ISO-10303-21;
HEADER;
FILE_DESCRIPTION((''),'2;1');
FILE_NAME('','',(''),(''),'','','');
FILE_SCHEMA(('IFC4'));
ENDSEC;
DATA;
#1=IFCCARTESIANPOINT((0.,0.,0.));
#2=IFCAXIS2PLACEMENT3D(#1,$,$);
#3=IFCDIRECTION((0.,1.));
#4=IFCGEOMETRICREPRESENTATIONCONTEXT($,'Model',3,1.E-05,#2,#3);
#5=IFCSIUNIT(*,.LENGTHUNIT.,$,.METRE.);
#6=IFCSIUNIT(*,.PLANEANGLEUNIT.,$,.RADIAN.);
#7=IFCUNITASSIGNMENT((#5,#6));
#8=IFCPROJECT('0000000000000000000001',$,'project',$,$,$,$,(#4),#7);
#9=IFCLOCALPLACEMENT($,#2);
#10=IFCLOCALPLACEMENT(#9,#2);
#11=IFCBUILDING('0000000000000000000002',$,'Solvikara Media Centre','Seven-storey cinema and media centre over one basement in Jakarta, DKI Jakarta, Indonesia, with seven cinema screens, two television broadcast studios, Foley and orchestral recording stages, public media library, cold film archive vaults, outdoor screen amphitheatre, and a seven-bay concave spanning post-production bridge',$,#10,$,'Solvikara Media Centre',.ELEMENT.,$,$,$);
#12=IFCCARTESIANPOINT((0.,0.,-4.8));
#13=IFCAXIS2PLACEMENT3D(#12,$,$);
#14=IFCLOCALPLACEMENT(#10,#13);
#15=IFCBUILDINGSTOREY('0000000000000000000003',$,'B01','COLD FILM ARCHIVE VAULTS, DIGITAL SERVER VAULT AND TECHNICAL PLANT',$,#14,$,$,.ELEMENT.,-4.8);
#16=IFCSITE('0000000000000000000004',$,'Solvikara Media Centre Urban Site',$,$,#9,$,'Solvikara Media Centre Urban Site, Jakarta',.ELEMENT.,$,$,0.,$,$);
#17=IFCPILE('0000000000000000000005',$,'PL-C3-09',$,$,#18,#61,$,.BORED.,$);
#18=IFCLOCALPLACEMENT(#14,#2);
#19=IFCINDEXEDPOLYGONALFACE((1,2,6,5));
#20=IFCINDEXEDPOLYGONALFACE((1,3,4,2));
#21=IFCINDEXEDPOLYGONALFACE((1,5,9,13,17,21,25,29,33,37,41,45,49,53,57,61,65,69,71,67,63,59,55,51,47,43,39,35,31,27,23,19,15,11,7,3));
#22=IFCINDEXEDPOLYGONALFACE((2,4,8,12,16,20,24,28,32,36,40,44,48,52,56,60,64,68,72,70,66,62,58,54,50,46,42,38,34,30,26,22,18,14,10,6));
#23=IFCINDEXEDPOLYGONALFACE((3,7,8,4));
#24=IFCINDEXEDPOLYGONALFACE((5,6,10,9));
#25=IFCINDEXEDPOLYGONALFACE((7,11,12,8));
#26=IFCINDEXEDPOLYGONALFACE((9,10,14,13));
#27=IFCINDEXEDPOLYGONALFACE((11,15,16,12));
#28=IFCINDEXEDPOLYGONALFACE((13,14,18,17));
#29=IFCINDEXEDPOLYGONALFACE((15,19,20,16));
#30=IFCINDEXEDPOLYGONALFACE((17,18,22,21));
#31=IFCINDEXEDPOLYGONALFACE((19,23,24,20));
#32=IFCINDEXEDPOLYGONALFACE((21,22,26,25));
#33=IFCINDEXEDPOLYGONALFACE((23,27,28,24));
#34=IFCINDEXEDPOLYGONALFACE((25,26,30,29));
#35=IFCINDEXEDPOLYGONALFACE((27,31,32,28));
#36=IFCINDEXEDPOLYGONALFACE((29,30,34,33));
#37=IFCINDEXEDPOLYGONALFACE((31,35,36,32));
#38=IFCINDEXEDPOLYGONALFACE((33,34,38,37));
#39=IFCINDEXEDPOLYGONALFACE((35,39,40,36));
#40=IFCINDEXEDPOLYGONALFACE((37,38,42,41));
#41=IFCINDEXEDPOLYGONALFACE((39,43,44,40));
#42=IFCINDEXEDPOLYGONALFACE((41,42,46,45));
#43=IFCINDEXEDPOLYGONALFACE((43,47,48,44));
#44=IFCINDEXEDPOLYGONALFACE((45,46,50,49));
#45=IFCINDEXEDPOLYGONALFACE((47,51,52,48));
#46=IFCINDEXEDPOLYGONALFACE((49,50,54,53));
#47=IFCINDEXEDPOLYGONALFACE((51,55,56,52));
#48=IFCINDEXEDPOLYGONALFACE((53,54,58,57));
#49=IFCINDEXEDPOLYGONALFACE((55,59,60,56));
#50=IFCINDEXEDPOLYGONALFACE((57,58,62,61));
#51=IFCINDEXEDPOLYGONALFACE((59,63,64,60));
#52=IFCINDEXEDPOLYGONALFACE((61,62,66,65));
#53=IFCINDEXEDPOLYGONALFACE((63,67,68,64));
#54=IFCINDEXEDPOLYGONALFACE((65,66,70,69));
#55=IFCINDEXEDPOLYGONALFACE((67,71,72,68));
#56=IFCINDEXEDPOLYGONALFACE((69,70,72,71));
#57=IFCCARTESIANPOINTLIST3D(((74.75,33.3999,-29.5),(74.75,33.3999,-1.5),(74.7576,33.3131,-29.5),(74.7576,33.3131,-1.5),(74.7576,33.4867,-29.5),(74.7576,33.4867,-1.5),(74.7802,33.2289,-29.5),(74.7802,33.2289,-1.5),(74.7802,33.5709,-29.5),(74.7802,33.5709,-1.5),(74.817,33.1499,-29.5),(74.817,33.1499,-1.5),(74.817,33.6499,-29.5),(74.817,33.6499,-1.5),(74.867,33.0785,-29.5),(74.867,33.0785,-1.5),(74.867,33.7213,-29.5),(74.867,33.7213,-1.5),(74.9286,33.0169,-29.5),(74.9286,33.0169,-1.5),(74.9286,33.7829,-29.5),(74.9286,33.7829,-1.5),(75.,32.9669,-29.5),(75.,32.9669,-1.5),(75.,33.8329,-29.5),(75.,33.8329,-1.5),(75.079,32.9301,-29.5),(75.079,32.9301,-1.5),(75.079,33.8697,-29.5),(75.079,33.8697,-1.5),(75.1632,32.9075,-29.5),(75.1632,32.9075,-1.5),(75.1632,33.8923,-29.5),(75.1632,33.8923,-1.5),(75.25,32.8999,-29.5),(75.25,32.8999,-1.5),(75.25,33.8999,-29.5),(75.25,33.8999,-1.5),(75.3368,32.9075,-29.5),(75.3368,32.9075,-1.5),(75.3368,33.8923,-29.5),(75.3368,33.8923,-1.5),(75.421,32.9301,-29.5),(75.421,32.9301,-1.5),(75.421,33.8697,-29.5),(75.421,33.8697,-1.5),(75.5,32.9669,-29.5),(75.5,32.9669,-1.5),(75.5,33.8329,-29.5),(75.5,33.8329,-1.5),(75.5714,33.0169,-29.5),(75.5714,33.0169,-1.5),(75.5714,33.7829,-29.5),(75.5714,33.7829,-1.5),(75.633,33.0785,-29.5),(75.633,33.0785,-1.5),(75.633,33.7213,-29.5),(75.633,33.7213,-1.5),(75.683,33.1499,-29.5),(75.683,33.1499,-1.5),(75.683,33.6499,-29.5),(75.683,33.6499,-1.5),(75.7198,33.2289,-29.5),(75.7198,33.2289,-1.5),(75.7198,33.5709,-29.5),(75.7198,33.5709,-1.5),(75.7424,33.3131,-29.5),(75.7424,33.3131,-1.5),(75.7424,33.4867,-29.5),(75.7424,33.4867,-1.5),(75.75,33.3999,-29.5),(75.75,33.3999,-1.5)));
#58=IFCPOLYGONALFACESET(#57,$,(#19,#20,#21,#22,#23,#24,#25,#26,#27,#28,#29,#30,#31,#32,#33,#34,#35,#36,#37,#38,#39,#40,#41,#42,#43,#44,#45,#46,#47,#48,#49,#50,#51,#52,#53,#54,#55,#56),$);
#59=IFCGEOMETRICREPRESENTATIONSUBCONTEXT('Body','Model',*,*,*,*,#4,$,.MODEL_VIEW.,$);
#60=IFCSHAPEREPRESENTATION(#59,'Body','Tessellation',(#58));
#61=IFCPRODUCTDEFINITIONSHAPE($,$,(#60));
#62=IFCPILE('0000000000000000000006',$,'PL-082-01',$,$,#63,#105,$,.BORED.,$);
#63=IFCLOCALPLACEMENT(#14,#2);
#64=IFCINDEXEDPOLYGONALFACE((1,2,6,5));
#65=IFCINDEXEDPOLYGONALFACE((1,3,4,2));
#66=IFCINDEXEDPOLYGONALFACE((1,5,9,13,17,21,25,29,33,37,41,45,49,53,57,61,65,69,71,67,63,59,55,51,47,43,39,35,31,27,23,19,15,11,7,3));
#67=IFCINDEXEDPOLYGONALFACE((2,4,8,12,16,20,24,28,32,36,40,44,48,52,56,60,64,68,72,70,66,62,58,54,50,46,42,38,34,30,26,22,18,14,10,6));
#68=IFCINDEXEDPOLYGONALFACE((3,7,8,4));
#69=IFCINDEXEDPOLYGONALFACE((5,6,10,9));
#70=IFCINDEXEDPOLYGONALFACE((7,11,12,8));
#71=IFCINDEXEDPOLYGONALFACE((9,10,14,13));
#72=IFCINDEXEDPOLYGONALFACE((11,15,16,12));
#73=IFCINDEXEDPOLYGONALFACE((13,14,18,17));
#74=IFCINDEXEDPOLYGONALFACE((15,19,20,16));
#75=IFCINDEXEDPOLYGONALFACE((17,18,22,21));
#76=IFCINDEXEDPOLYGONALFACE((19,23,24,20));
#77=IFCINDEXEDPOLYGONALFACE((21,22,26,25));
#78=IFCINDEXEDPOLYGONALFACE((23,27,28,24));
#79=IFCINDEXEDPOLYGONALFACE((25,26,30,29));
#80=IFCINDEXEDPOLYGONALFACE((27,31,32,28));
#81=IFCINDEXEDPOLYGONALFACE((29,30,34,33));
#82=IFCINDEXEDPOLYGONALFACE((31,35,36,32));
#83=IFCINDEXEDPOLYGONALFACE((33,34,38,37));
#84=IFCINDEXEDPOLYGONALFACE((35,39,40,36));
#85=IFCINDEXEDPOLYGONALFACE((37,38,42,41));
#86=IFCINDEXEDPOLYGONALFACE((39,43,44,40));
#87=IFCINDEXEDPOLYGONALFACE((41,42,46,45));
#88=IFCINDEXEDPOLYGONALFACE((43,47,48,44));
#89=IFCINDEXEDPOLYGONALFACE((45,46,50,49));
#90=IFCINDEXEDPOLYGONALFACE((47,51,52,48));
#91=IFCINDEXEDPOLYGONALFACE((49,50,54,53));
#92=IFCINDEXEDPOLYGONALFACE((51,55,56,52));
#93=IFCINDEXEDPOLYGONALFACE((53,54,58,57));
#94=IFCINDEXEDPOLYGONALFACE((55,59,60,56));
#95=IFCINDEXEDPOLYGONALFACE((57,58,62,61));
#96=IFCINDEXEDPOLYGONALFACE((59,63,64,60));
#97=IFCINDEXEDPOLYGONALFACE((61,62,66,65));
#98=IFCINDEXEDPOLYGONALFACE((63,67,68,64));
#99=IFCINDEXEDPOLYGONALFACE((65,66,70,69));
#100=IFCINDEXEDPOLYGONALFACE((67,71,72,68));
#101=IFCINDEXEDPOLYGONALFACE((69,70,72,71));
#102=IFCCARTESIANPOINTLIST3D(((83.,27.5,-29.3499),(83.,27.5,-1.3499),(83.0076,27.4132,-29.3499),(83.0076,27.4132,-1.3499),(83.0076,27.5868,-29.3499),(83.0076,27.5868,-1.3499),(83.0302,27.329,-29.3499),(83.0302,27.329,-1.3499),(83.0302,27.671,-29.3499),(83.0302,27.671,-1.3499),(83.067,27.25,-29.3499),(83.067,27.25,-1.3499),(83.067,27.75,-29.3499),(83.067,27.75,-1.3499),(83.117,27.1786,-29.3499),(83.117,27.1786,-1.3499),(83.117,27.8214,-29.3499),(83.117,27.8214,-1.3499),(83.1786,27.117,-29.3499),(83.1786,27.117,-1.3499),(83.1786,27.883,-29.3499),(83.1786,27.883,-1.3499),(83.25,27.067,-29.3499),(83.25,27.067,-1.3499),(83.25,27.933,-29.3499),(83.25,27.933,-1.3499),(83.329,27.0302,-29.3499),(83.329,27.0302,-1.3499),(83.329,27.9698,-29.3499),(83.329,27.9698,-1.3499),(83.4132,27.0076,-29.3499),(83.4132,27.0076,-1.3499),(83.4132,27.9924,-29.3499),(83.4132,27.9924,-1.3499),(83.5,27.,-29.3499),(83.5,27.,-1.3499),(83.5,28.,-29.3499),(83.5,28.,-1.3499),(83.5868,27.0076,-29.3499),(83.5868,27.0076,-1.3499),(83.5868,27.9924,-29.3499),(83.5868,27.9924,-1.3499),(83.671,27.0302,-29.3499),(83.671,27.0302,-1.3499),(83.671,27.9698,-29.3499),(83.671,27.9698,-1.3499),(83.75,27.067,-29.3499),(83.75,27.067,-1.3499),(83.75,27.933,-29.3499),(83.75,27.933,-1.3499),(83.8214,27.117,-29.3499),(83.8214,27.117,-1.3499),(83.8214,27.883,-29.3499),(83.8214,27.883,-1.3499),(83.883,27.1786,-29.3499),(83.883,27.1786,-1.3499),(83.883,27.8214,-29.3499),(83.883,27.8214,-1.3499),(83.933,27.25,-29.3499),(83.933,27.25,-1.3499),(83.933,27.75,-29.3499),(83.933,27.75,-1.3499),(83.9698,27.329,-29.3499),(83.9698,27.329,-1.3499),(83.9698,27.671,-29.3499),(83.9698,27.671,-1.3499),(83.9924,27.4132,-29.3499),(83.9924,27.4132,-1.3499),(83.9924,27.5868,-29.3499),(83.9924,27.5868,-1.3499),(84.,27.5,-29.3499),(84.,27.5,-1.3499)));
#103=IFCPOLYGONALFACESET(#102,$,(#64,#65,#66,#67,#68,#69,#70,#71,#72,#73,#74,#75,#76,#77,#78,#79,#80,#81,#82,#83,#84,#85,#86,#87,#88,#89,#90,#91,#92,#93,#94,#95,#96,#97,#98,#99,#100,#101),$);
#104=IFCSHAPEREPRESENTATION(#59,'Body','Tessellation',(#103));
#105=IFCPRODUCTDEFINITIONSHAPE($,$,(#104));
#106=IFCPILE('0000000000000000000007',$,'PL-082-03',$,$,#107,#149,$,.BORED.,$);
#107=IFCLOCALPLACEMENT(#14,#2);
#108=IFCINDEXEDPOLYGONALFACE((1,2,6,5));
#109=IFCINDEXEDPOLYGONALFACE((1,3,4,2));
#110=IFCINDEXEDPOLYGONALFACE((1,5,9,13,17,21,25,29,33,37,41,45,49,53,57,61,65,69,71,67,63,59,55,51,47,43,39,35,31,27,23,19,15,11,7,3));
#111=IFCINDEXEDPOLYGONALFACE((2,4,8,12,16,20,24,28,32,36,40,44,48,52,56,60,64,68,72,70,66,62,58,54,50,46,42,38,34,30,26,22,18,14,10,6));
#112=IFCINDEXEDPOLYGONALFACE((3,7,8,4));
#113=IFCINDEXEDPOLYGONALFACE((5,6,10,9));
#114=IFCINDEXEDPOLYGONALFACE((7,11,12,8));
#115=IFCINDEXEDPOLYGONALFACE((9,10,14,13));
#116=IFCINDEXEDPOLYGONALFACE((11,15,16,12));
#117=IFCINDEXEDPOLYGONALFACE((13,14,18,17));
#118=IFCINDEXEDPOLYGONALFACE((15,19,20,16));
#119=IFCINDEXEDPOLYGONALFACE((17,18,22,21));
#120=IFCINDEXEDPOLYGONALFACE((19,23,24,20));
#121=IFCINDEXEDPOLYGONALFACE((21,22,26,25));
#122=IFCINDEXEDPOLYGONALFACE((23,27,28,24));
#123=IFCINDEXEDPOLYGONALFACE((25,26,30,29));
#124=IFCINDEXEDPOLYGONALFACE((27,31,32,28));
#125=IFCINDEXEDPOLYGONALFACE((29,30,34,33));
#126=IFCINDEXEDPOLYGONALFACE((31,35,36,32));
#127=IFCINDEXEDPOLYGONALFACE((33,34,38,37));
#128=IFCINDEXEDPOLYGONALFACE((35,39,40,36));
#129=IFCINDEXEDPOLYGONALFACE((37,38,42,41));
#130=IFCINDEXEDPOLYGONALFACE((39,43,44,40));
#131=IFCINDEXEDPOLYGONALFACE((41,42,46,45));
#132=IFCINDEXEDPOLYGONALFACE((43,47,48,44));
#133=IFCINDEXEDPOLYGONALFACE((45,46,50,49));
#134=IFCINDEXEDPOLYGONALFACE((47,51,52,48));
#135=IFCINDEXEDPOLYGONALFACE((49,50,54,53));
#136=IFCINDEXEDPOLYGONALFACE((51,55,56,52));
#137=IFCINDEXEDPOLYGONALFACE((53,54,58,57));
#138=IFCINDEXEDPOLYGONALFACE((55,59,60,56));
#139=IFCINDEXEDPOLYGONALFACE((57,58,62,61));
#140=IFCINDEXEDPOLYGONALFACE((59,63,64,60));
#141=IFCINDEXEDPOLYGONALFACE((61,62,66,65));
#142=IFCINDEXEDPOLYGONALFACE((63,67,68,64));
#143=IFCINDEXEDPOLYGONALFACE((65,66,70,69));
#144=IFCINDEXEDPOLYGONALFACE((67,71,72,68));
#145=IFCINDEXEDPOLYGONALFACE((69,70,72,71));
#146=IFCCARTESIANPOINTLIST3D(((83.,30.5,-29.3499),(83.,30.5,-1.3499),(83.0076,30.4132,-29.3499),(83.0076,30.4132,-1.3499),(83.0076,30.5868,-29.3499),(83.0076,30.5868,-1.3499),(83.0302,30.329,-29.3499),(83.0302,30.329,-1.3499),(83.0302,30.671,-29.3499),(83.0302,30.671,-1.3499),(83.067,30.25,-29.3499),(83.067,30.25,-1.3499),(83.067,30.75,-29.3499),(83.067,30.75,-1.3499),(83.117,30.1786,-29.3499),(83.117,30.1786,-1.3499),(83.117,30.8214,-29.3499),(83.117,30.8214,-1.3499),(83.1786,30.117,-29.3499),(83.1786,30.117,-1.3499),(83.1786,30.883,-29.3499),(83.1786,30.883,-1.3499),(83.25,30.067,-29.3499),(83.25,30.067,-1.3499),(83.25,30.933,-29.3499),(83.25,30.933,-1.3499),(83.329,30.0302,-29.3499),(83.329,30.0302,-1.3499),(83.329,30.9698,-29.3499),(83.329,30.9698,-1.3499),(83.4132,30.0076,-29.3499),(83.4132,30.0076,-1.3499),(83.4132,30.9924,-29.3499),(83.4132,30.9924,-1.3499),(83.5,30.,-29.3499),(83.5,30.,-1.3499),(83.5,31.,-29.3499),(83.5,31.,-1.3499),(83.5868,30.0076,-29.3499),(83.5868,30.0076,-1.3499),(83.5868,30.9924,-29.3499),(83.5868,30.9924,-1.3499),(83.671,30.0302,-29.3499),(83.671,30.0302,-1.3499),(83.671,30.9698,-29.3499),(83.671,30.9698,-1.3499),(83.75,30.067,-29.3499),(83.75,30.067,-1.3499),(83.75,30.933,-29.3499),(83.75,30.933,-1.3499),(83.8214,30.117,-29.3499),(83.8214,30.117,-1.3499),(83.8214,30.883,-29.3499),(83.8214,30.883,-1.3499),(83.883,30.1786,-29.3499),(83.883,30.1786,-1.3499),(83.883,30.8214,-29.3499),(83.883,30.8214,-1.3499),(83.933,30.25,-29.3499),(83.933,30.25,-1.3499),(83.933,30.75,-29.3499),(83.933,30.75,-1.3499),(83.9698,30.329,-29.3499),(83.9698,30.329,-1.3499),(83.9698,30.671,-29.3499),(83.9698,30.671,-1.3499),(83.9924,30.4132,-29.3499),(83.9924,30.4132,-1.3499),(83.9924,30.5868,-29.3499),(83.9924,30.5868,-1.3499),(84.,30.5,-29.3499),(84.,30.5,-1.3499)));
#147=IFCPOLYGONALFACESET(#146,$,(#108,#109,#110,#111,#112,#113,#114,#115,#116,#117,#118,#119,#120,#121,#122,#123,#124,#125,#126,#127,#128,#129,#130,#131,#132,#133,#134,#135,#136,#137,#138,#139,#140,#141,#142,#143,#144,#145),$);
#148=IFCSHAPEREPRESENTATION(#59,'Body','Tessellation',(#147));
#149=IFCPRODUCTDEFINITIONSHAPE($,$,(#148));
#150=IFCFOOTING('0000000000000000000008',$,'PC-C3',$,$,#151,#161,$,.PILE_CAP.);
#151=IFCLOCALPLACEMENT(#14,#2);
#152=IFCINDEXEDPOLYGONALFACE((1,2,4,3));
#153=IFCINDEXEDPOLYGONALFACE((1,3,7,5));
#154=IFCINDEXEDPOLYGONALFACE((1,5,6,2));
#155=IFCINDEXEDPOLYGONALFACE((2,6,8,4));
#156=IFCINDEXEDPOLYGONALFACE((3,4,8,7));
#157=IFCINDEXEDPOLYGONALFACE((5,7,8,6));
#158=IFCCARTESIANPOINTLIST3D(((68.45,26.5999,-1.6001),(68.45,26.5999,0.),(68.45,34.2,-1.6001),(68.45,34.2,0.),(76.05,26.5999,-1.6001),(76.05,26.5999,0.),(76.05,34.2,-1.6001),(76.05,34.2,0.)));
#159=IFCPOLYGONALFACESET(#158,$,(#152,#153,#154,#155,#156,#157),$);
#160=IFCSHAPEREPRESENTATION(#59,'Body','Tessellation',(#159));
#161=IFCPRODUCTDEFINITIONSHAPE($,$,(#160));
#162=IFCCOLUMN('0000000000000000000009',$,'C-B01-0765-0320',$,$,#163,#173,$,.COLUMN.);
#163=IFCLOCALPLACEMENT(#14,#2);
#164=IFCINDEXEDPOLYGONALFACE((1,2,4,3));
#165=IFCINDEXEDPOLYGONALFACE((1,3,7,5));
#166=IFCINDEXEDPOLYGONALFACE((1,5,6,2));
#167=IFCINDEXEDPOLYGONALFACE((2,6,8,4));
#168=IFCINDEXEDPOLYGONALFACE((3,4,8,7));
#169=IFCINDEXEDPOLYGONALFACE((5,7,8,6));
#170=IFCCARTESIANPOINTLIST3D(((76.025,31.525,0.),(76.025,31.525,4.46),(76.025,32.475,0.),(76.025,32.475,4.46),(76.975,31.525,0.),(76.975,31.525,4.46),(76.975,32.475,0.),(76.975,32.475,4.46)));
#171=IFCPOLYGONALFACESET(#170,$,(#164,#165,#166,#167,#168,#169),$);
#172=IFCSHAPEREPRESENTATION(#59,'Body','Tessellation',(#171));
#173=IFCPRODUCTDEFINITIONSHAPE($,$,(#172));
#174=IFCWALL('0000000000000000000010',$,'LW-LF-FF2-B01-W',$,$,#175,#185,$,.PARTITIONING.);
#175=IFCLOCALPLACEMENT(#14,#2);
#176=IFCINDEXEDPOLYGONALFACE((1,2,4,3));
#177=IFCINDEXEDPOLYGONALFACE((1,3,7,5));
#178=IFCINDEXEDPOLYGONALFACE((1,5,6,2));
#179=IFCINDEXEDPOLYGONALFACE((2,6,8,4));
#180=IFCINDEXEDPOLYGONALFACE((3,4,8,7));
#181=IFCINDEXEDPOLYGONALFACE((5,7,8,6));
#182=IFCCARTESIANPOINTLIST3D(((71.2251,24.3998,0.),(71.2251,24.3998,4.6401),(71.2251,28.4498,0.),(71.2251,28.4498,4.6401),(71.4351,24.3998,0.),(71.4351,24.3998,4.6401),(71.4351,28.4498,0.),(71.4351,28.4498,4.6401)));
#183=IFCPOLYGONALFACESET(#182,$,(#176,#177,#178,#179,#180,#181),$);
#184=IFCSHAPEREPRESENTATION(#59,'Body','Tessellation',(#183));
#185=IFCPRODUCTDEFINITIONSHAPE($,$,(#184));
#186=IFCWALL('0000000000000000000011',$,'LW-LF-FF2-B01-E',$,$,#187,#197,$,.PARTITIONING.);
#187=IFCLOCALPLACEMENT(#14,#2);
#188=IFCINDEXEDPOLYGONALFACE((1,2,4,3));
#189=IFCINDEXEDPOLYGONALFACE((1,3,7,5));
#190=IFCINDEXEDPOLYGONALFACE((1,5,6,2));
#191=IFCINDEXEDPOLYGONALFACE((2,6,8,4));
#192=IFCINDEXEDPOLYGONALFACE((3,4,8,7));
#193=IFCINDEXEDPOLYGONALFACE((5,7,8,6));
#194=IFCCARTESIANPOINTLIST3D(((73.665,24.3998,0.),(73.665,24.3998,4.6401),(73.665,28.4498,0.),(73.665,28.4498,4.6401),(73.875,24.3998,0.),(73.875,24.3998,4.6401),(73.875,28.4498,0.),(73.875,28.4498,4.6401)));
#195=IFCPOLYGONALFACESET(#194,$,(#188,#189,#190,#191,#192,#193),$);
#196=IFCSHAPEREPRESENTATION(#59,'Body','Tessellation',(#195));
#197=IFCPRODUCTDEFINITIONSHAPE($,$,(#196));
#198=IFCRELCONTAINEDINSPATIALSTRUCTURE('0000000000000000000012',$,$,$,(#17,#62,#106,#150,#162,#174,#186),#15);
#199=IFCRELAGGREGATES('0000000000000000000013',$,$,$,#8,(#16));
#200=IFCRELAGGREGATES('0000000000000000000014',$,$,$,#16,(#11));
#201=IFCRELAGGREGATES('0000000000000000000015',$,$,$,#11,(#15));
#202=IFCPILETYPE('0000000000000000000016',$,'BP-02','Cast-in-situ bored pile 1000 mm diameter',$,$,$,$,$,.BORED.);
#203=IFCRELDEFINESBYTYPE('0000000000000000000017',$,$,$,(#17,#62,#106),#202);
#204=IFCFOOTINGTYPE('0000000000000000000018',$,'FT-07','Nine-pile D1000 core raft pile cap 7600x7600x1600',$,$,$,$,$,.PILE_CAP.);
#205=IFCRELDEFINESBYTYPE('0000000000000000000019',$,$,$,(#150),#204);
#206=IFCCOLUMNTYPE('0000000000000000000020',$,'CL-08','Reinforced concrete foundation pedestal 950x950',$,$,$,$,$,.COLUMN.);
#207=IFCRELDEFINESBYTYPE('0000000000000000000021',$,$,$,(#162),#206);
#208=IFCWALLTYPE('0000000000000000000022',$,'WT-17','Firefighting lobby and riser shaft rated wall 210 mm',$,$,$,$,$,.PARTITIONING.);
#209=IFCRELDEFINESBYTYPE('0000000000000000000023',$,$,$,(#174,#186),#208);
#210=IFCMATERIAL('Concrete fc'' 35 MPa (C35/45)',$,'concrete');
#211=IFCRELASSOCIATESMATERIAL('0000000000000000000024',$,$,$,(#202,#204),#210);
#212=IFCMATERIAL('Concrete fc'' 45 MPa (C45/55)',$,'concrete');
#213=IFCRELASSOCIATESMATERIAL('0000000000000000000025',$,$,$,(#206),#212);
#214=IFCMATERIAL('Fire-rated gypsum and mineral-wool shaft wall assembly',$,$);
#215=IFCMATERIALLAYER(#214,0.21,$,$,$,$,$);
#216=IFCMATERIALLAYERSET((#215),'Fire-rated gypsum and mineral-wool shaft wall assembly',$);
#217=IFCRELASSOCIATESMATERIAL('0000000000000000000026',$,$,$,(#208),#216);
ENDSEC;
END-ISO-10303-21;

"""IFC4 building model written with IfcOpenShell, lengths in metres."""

from ifc_helpers import new_model, si_unit, direction, frame, frame_2d, origin, origin_2d, place, context, subcontext, project, spatial, rectangle, circle, extrude, material, layer, layer_set, material_profile, profile_set, type_object, element, save


model = new_model("IFC4")

# Units and contexts
model_context = context("Model", 3, precision=1e-05, world=origin(), true_north=direction((0.0, 1.0)))
body_context = subcontext(model_context, "Body", "Model", "MODEL_VIEW")
ifc_project = project(units=[si_unit("LENGTHUNIT", "METRE"), si_unit("PLANEANGLEUNIT", "RADIAN")], contexts=[model_context])

# Site, building, storey
site_placement = place(None, origin())
site = spatial("IfcSite", under=ifc_project, at=site_placement, Name="Solvikara Media Centre Urban Site", LongName="Solvikara Media Centre Urban Site, Jakarta", CompositionType="ELEMENT", RefElevation=0.0)
building_placement = place(site_placement, origin())
building = spatial("IfcBuilding", under=site, at=building_placement, Name="Solvikara Media Centre", Description="Seven-storey cinema and media centre over one basement in Jakarta, DKI Jakarta, Indonesia, with seven cinema screens, two television broadcast studios, Foley and orchestral recording stages, public media library, cold film archive vaults, outdoor screen amphitheatre, and a seven-bay concave spanning post-production bridge", LongName="Solvikara Media Centre", CompositionType="ELEMENT")
storey_placement = place(building_placement, frame((0.0, 0.0, -4.8)))
storey = spatial("IfcBuildingStorey", under=building, at=storey_placement, Name="B01", Description="COLD FILM ARCHIVE VAULTS, DIGITAL SERVER VAULT AND TECHNICAL PLANT", CompositionType="ELEMENT", Elevation=-4.8)

# Piles
ifc_material_1 = material(Name="Concrete fc' 35 MPa (C35/45)", Category="concrete")
ifc_material_profile_1 = material_profile(ifc_material_1, circle(Radius=0.5, at=origin_2d()), Name="BORED PILE D1000")
ifc_profile_set_1 = profile_set([ifc_material_profile_1], Name="Concrete fc' 35 MPa (C35/45)")
pile_type = type_object("IfcPileType", Name="BP-02", Description="Cast-in-situ bored pile 1000 mm diameter", PredefinedType="BORED", material=ifc_profile_set_1)
for number, where, z_axis, x_axis, name in (
    (1, (75.25, 33.3999, -1.5), (0.0, 0.0, -1.0), (1.0, 0.0, 0.0), "PL-C3-09"),
    (2, (83.5, 27.5, -1.3499), (0.0, 0.0, -1.0), (1.0, 0.0, 0.0), "PL-082-01"),
    (3, (83.5, 30.5, -1.3499), (0.0, 0.0, -1.0), (1.0, 0.0, 0.0), "PL-082-03"),
):
    element("IfcPile", number, at=place(storey_placement, frame(where, z_axis=z_axis, x_axis=x_axis)), inside=storey, type_object=pile_type, Name=name, PredefinedType="BORED", context=body_context, shape_type="SweptSolid", body=[
        extrude(circle(Radius=0.5, at=origin_2d()), origin(), (0.0, 0.0, 1.0), 28.0),
    ])

# Footing
footing_type = type_object("IfcFootingType", Name="FT-07", Description="Nine-pile D1000 core raft pile cap 7600x7600x1600", PredefinedType="PILE_CAP", material=ifc_material_1)
footing_placement = place(storey_placement, frame((72.25, 30.3999, -1.6001), z_axis=(0.0, 0.0, 1.0), x_axis=(1.0, 0.0, 0.0)))
element("IfcFooting", 4, at=footing_placement, inside=storey, type_object=footing_type, Name="PC-C3", PredefinedType="PILE_CAP", context=body_context, shape_type="SweptSolid", body=[
    extrude(rectangle(XDim=7.6001, YDim=7.6001, at=origin_2d()), origin(), (0.0, 0.0, 1.0), 1.6001),
])

# Column
ifc_material_2 = material(Name="Concrete fc' 45 MPa (C45/55)", Category="concrete")
ifc_material_profile_2 = material_profile(ifc_material_2, rectangle(XDim=0.95, YDim=0.95, at=origin_2d()), Name="RC 950x950")
ifc_profile_set_2 = profile_set([ifc_material_profile_2], Name="Concrete fc' 45 MPa (C45/55)")
column_type = type_object("IfcColumnType", Name="CL-08", Description="Reinforced concrete foundation pedestal 950x950", PredefinedType="COLUMN", material=ifc_profile_set_2)
column_placement = place(storey_placement, frame((76.5, 32.0, 0.0), z_axis=(0.0, 0.0, 1.0), x_axis=(1.0, 0.0, 0.0)))
element("IfcColumn", 5, at=column_placement, inside=storey, type_object=column_type, Name="C-B01-0765-0320", PredefinedType="COLUMN", context=body_context, shape_type="SweptSolid", body=[
    extrude(rectangle(XDim=0.95, YDim=0.95, at=origin_2d()), origin(), (0.0, 0.0, 1.0), 4.46),
])

# Walls
ifc_material_3 = material(Name="Fire-rated gypsum and mineral-wool shaft wall assembly")
ifc_layer = layer(ifc_material_3, 0.21)
ifc_layer_set = layer_set([ifc_layer], Name="Fire-rated gypsum and mineral-wool shaft wall assembly")
wall_type = type_object("IfcWallType", Name="WT-17", Description="Firefighting lobby and riser shaft rated wall 210 mm", PredefinedType="PARTITIONING", material=ifc_layer_set)
for number, where, z_axis, x_axis, name in (
    (6, (71.3301, 24.3999, 0.0), (0.0, 0.0, 1.0), (0.0, 1.0, 0.0), "LW-LF-FF2-B01-W"),
    (7, (73.77, 24.3999, 0.0), (0.0, 0.0, 1.0), (0.0, 1.0, 0.0), "LW-LF-FF2-B01-E"),
):
    element("IfcWall", number, at=place(storey_placement, frame(where, z_axis=z_axis, x_axis=x_axis)), inside=storey, type_object=wall_type, Name=name, PredefinedType="PARTITIONING", context=body_context, shape_type="SweptSolid", body=[
        extrude(rectangle(XDim=4.05, YDim=0.21, at=frame_2d((2.0249, 0.0))), origin(), (0.0, 0.0, 1.0), 4.6401),
    ])

save(model, "model.ifc")
